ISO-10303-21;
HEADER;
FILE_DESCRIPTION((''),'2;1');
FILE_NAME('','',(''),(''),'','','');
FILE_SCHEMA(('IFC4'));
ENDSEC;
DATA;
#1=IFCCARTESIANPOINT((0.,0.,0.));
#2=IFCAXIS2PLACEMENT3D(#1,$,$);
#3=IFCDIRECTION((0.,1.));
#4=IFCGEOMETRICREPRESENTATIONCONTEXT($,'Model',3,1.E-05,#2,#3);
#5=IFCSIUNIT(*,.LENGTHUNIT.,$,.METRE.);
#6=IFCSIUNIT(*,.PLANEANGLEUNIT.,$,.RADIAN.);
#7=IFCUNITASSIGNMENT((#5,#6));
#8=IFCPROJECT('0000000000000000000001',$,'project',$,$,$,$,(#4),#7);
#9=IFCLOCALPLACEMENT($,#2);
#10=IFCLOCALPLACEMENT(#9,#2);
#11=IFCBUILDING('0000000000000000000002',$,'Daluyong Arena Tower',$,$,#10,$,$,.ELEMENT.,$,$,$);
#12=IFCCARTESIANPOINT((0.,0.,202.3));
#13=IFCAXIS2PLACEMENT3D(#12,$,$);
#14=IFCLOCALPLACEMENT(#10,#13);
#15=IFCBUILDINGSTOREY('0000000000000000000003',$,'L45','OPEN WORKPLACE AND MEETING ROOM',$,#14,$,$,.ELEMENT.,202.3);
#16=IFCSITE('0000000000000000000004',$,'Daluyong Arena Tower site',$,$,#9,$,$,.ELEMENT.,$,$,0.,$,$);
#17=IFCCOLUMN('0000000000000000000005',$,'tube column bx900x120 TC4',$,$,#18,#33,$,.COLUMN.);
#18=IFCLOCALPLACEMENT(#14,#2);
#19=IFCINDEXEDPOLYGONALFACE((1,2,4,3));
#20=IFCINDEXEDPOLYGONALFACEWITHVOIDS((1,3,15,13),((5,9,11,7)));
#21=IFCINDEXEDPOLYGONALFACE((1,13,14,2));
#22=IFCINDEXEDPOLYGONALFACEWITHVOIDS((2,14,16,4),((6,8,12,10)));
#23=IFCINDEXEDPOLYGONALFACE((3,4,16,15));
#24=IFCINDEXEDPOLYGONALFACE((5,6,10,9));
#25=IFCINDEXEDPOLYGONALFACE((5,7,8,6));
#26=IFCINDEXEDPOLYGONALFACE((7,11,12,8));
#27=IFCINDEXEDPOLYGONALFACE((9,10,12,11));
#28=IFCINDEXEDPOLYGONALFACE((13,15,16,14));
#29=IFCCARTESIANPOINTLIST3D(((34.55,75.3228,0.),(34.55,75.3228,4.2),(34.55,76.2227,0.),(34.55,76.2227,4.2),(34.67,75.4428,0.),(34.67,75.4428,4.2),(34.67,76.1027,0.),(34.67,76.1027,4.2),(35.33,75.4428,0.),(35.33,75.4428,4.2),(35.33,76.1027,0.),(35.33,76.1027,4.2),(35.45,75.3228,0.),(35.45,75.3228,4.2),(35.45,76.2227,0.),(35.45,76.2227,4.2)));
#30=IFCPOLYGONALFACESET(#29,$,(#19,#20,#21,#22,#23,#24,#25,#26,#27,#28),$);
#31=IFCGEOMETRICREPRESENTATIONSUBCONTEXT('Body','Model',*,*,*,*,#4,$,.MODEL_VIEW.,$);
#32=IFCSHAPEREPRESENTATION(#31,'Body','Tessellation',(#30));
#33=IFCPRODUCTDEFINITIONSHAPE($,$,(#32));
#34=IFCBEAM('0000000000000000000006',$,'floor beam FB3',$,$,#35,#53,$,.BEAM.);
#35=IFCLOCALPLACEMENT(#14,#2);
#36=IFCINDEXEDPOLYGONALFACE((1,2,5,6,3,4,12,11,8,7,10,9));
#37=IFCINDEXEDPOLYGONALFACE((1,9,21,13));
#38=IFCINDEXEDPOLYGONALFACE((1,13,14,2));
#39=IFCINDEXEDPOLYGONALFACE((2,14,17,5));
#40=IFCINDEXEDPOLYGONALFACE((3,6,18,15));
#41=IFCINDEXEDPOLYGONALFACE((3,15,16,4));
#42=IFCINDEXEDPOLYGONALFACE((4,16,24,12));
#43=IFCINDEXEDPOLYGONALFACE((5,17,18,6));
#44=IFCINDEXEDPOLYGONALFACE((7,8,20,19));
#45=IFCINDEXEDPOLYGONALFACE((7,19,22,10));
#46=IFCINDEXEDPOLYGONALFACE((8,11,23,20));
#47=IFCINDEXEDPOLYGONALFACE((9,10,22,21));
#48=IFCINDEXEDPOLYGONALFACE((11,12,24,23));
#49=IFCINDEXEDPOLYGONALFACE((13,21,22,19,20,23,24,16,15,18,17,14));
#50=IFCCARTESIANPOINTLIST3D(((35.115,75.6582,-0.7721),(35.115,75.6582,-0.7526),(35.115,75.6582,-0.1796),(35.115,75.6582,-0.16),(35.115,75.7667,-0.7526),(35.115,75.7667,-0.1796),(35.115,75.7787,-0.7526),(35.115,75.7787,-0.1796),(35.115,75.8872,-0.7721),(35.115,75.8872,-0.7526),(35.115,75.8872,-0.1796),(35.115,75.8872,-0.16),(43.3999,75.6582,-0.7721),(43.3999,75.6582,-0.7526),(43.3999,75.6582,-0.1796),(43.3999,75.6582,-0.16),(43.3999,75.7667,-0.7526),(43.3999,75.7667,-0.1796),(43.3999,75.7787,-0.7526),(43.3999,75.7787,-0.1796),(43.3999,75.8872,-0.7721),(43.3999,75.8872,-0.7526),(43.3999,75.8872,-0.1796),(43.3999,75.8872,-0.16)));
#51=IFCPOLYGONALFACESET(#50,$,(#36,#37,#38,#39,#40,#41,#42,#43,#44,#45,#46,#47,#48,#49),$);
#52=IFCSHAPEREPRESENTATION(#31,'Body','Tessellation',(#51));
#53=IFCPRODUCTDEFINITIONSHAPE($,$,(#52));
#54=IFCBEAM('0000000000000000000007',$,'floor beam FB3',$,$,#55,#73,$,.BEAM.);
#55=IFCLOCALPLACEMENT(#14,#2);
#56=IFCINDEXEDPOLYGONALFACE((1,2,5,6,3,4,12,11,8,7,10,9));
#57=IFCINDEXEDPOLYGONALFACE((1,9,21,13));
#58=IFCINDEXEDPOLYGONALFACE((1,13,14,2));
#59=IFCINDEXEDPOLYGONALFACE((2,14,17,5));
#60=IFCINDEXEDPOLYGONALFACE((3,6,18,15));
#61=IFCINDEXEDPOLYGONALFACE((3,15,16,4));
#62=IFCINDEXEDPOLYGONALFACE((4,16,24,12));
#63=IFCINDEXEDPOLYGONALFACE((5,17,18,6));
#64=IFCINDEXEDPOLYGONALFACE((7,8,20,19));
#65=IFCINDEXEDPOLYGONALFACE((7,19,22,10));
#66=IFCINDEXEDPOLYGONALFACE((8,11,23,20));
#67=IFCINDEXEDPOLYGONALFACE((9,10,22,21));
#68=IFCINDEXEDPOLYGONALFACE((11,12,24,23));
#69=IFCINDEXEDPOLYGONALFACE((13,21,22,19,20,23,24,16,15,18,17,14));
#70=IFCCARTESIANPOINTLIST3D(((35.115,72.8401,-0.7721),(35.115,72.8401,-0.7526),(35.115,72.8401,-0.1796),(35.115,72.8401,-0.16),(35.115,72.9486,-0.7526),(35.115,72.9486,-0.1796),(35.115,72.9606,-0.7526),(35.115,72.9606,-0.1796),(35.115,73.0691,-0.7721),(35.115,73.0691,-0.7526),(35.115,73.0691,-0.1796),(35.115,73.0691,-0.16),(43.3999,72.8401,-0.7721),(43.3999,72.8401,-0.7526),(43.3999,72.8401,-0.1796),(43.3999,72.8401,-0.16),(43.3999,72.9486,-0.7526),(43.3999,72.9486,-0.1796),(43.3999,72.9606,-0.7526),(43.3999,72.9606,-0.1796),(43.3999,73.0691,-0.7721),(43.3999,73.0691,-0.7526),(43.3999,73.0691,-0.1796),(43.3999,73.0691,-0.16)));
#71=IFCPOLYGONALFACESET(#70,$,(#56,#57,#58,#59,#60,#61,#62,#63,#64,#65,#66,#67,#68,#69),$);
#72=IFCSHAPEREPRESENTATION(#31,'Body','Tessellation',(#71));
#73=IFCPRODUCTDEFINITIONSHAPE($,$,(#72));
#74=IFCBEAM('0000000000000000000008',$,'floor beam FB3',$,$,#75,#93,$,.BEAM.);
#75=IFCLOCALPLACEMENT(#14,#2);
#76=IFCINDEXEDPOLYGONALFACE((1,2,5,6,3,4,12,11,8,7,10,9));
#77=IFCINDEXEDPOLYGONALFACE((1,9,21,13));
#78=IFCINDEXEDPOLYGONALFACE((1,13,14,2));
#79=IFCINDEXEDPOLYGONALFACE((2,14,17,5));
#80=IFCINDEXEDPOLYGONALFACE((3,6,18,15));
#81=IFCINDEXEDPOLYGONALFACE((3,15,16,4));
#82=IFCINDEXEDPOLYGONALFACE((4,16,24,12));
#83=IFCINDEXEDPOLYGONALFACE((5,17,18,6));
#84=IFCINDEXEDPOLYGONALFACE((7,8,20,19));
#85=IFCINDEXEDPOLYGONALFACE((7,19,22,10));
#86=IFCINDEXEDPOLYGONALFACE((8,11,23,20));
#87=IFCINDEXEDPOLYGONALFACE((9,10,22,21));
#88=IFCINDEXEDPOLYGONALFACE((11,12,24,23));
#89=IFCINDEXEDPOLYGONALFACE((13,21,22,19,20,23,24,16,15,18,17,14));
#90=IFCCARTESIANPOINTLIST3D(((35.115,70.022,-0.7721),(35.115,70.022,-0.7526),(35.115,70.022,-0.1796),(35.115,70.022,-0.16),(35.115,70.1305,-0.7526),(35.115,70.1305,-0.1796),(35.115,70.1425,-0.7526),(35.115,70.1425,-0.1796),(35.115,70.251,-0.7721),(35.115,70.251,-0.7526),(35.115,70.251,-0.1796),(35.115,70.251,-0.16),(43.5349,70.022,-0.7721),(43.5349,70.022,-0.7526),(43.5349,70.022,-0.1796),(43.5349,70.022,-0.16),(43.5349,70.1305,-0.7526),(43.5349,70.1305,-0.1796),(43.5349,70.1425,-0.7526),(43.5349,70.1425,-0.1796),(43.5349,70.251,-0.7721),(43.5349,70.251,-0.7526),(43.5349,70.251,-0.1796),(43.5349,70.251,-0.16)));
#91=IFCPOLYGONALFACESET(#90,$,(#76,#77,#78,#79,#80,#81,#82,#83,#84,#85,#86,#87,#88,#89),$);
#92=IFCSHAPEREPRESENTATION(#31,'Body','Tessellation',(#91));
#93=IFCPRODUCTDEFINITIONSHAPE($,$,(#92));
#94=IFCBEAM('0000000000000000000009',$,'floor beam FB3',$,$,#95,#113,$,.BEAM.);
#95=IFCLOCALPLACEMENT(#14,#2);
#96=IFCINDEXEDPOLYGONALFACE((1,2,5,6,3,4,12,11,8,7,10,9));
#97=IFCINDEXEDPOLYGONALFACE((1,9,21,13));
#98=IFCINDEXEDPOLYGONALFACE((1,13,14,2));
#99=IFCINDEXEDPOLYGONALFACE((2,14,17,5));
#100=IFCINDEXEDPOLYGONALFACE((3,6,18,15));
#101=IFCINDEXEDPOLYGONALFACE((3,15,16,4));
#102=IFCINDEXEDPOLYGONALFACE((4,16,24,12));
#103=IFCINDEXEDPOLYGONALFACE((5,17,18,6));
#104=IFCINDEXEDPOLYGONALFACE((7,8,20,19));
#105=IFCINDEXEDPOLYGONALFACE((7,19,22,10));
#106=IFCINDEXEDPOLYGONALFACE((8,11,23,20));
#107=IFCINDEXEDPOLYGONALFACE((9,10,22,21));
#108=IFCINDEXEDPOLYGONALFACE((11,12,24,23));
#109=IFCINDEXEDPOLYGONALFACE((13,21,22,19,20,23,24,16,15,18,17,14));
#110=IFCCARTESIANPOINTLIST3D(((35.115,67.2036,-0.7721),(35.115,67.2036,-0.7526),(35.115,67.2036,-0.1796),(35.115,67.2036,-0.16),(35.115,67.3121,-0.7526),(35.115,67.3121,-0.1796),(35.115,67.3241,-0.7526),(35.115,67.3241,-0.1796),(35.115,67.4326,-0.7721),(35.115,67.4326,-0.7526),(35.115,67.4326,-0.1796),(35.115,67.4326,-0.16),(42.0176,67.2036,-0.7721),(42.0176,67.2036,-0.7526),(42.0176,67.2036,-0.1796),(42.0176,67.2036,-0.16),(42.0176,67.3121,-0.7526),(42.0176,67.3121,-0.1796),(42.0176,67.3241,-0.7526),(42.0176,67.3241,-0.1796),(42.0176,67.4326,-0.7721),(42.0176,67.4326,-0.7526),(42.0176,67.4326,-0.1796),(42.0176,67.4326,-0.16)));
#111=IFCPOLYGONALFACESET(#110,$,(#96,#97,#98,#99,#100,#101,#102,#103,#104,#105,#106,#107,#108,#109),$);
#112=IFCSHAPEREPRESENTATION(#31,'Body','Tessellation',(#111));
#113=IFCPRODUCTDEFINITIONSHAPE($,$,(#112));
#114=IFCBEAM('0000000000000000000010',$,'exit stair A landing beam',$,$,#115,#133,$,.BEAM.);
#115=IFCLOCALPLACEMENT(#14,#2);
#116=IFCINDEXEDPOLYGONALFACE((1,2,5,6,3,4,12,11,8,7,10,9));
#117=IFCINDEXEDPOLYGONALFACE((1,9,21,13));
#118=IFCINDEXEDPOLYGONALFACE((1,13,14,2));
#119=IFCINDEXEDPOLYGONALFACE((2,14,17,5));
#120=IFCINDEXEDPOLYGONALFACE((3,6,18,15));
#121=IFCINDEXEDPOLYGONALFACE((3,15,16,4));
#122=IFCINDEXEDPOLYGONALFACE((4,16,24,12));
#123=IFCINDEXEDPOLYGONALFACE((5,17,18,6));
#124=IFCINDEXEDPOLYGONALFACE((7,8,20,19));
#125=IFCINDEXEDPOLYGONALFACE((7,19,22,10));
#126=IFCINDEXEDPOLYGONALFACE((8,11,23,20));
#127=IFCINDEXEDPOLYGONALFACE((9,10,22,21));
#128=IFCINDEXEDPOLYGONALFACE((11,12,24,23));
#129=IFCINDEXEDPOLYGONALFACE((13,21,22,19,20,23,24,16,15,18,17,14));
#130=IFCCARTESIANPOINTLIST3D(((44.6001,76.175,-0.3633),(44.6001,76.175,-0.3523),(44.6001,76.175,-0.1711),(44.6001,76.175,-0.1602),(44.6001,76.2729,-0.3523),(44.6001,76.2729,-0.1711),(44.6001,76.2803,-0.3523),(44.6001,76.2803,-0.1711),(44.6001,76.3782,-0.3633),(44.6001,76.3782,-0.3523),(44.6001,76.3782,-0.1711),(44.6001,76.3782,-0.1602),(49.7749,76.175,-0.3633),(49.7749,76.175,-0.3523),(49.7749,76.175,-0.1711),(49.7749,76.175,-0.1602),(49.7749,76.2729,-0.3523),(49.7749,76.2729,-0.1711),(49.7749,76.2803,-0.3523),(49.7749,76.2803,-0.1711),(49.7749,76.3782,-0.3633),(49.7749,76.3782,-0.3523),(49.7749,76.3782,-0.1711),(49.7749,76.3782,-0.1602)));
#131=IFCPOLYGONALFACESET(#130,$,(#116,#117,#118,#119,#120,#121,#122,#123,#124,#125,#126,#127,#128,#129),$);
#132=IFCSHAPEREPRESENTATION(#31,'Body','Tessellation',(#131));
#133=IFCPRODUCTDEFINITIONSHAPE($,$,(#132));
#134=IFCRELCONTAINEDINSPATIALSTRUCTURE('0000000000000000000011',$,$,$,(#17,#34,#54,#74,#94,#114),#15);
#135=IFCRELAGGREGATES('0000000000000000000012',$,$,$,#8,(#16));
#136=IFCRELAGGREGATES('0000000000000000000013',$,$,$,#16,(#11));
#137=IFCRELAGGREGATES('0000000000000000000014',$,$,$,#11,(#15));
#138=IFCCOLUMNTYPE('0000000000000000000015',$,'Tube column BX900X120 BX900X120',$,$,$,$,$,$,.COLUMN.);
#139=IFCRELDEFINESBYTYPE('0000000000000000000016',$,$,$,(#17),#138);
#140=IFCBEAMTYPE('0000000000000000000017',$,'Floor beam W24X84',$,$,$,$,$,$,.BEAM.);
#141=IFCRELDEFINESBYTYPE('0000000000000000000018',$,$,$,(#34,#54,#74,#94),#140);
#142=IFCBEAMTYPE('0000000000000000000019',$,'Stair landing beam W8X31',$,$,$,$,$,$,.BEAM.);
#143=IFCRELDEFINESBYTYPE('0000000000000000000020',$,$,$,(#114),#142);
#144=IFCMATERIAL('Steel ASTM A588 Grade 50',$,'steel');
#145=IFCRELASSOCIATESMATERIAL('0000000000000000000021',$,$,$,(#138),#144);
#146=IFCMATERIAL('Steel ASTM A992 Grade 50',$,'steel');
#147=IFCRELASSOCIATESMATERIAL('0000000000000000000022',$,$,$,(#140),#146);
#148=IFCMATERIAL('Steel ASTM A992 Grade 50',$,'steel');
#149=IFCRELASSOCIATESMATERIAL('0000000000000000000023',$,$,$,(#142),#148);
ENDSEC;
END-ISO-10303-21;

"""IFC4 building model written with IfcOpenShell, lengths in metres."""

from ifc_helpers import new_model, si_unit, direction, frame, origin, origin_2d, place, context, subcontext, project, spatial, hollow_rectangle, i_section, extrude, material, material_profile, profile_set, type_object, element, save


model = new_model("IFC4")

# Units and contexts
model_context = context("Model", 3, precision=1e-05, world=origin(), true_north=direction((0.0, 1.0)))
body_context = subcontext(model_context, "Body", "Model", "MODEL_VIEW")
ifc_project = project(units=[si_unit("LENGTHUNIT", "METRE"), si_unit("PLANEANGLEUNIT", "RADIAN")], contexts=[model_context])

# Site, building, storey
site_placement = place(None, origin())
site = spatial("IfcSite", under=ifc_project, at=site_placement, Name="Daluyong Arena Tower site", CompositionType="ELEMENT", RefElevation=0.0)
building_placement = place(site_placement, origin())
building = spatial("IfcBuilding", under=site, at=building_placement, Name="Daluyong Arena Tower", CompositionType="ELEMENT")
storey_placement = place(building_placement, frame((0.0, 0.0, 202.3)))
storey = spatial("IfcBuildingStorey", under=building, at=storey_placement, Name="L45", Description="OPEN WORKPLACE AND MEETING ROOM", CompositionType="ELEMENT", Elevation=202.3)

# Column
ifc_material_1 = material(Name="Steel ASTM A588 Grade 50", Category="steel")
ifc_material_profile_1 = material_profile(ifc_material_1, hollow_rectangle(XDim=0.8999, YDim=0.8999, WallThickness=0.12, at=origin_2d()))
ifc_profile_set_1 = profile_set([ifc_material_profile_1], Name="Steel ASTM A588 Grade 50")
column_type = type_object("IfcColumnType", Name="Tube column BX900X120 BX900X120", PredefinedType="COLUMN", material=ifc_profile_set_1)
column_placement = place(storey_placement, frame((35.0, 75.7727, 0.0), z_axis=(0.0, 0.0, 1.0), x_axis=(0.0, 1.0, 0.0)))
element("IfcColumn", 1, at=column_placement, inside=storey, type_object=column_type, Name="tube column bx900x120 TC4", PredefinedType="COLUMN", context=body_context, shape_type="SweptSolid", body=[
    extrude(hollow_rectangle(XDim=0.8999, YDim=0.8999, WallThickness=0.12, at=origin_2d()), origin(), (0.0, 0.0, 1.0), 4.2),
])

# Beams
ifc_material_2 = material(Name="Steel ASTM A992 Grade 50", Category="steel")
ifc_material_profile_2 = material_profile(ifc_material_2, i_section(OverallWidth=0.229, OverallDepth=0.6121, WebThickness=0.012, FlangeThickness=0.0195, at=origin_2d()))
ifc_profile_set_2 = profile_set([ifc_material_profile_2], Name="Steel ASTM A992 Grade 50")
beam_type_1 = type_object("IfcBeamType", Name="Floor beam W24X84", PredefinedType="BEAM", material=ifc_profile_set_2)
for number, where, z_axis, x_axis, name in (
    (2, (35.115, 75.7727, -0.4661), (1.0, 0.0, 0.0), (0.0, 1.0, 0.0), "floor beam FB3"),
    (3, (35.115, 72.9546, -0.4661), (1.0, 0.0, 0.0), (0.0, 1.0, 0.0), "floor beam FB3"),
):
    element("IfcBeam", number, at=place(storey_placement, frame(where, z_axis=z_axis, x_axis=x_axis)), inside=storey, type_object=beam_type_1, Name=name, PredefinedType="BEAM", context=body_context, shape_type="SweptSolid", body=[
        extrude(i_section(OverallWidth=0.229, OverallDepth=0.6121, WebThickness=0.012, FlangeThickness=0.0195, at=origin_2d()), origin(), (0.0, 0.0, 1.0), 8.2849),
    ])
beam_1_placement = place(storey_placement, frame((35.115, 70.1365, -0.4661), z_axis=(1.0, 0.0, 0.0), x_axis=(0.0, 1.0, 0.0)))
element("IfcBeam", 4, at=beam_1_placement, inside=storey, type_object=beam_type_1, Name="floor beam FB3", PredefinedType="BEAM", context=body_context, shape_type="SweptSolid", body=[
    extrude(i_section(OverallWidth=0.229, OverallDepth=0.6121, WebThickness=0.012, FlangeThickness=0.0195, at=origin_2d()), origin(), (0.0, 0.0, 1.0), 8.4199),
])
beam_2_placement = place(storey_placement, frame((35.115, 67.3181, -0.4661), z_axis=(1.0, 0.0, 0.0), x_axis=(0.0, 1.0, 0.0)))
element("IfcBeam", 5, at=beam_2_placement, inside=storey, type_object=beam_type_1, Name="floor beam FB3", PredefinedType="BEAM", context=body_context, shape_type="SweptSolid", body=[
    extrude(i_section(OverallWidth=0.229, OverallDepth=0.6121, WebThickness=0.012, FlangeThickness=0.0195, at=origin_2d()), origin(), (0.0, 0.0, 1.0), 6.9026),
])
ifc_material_3 = material(Name="Steel ASTM A992 Grade 50", Category="steel")
ifc_material_profile_3 = material_profile(ifc_material_3, i_section(OverallWidth=0.2031, OverallDepth=0.2031, WebThickness=0.0073, FlangeThickness=0.011, at=origin_2d()))
ifc_profile_set_3 = profile_set([ifc_material_profile_3], Name="Steel ASTM A992 Grade 50")
beam_type_2 = type_object("IfcBeamType", Name="Stair landing beam W8X31", PredefinedType="BEAM", material=ifc_profile_set_3)
beam_3_placement = place(storey_placement, frame((44.6001, 76.2766, -0.2617), z_axis=(1.0, 0.0, 0.0), x_axis=(0.0, 1.0, 0.0)))
element("IfcBeam", 6, at=beam_3_placement, inside=storey, type_object=beam_type_2, Name="exit stair A landing beam", PredefinedType="BEAM", context=body_context, shape_type="SweptSolid", body=[
    extrude(i_section(OverallWidth=0.2031, OverallDepth=0.2031, WebThickness=0.0073, FlangeThickness=0.011, at=origin_2d()), origin(), (0.0, 0.0, 1.0), 5.1748),
])

save(model, "model.ifc")
